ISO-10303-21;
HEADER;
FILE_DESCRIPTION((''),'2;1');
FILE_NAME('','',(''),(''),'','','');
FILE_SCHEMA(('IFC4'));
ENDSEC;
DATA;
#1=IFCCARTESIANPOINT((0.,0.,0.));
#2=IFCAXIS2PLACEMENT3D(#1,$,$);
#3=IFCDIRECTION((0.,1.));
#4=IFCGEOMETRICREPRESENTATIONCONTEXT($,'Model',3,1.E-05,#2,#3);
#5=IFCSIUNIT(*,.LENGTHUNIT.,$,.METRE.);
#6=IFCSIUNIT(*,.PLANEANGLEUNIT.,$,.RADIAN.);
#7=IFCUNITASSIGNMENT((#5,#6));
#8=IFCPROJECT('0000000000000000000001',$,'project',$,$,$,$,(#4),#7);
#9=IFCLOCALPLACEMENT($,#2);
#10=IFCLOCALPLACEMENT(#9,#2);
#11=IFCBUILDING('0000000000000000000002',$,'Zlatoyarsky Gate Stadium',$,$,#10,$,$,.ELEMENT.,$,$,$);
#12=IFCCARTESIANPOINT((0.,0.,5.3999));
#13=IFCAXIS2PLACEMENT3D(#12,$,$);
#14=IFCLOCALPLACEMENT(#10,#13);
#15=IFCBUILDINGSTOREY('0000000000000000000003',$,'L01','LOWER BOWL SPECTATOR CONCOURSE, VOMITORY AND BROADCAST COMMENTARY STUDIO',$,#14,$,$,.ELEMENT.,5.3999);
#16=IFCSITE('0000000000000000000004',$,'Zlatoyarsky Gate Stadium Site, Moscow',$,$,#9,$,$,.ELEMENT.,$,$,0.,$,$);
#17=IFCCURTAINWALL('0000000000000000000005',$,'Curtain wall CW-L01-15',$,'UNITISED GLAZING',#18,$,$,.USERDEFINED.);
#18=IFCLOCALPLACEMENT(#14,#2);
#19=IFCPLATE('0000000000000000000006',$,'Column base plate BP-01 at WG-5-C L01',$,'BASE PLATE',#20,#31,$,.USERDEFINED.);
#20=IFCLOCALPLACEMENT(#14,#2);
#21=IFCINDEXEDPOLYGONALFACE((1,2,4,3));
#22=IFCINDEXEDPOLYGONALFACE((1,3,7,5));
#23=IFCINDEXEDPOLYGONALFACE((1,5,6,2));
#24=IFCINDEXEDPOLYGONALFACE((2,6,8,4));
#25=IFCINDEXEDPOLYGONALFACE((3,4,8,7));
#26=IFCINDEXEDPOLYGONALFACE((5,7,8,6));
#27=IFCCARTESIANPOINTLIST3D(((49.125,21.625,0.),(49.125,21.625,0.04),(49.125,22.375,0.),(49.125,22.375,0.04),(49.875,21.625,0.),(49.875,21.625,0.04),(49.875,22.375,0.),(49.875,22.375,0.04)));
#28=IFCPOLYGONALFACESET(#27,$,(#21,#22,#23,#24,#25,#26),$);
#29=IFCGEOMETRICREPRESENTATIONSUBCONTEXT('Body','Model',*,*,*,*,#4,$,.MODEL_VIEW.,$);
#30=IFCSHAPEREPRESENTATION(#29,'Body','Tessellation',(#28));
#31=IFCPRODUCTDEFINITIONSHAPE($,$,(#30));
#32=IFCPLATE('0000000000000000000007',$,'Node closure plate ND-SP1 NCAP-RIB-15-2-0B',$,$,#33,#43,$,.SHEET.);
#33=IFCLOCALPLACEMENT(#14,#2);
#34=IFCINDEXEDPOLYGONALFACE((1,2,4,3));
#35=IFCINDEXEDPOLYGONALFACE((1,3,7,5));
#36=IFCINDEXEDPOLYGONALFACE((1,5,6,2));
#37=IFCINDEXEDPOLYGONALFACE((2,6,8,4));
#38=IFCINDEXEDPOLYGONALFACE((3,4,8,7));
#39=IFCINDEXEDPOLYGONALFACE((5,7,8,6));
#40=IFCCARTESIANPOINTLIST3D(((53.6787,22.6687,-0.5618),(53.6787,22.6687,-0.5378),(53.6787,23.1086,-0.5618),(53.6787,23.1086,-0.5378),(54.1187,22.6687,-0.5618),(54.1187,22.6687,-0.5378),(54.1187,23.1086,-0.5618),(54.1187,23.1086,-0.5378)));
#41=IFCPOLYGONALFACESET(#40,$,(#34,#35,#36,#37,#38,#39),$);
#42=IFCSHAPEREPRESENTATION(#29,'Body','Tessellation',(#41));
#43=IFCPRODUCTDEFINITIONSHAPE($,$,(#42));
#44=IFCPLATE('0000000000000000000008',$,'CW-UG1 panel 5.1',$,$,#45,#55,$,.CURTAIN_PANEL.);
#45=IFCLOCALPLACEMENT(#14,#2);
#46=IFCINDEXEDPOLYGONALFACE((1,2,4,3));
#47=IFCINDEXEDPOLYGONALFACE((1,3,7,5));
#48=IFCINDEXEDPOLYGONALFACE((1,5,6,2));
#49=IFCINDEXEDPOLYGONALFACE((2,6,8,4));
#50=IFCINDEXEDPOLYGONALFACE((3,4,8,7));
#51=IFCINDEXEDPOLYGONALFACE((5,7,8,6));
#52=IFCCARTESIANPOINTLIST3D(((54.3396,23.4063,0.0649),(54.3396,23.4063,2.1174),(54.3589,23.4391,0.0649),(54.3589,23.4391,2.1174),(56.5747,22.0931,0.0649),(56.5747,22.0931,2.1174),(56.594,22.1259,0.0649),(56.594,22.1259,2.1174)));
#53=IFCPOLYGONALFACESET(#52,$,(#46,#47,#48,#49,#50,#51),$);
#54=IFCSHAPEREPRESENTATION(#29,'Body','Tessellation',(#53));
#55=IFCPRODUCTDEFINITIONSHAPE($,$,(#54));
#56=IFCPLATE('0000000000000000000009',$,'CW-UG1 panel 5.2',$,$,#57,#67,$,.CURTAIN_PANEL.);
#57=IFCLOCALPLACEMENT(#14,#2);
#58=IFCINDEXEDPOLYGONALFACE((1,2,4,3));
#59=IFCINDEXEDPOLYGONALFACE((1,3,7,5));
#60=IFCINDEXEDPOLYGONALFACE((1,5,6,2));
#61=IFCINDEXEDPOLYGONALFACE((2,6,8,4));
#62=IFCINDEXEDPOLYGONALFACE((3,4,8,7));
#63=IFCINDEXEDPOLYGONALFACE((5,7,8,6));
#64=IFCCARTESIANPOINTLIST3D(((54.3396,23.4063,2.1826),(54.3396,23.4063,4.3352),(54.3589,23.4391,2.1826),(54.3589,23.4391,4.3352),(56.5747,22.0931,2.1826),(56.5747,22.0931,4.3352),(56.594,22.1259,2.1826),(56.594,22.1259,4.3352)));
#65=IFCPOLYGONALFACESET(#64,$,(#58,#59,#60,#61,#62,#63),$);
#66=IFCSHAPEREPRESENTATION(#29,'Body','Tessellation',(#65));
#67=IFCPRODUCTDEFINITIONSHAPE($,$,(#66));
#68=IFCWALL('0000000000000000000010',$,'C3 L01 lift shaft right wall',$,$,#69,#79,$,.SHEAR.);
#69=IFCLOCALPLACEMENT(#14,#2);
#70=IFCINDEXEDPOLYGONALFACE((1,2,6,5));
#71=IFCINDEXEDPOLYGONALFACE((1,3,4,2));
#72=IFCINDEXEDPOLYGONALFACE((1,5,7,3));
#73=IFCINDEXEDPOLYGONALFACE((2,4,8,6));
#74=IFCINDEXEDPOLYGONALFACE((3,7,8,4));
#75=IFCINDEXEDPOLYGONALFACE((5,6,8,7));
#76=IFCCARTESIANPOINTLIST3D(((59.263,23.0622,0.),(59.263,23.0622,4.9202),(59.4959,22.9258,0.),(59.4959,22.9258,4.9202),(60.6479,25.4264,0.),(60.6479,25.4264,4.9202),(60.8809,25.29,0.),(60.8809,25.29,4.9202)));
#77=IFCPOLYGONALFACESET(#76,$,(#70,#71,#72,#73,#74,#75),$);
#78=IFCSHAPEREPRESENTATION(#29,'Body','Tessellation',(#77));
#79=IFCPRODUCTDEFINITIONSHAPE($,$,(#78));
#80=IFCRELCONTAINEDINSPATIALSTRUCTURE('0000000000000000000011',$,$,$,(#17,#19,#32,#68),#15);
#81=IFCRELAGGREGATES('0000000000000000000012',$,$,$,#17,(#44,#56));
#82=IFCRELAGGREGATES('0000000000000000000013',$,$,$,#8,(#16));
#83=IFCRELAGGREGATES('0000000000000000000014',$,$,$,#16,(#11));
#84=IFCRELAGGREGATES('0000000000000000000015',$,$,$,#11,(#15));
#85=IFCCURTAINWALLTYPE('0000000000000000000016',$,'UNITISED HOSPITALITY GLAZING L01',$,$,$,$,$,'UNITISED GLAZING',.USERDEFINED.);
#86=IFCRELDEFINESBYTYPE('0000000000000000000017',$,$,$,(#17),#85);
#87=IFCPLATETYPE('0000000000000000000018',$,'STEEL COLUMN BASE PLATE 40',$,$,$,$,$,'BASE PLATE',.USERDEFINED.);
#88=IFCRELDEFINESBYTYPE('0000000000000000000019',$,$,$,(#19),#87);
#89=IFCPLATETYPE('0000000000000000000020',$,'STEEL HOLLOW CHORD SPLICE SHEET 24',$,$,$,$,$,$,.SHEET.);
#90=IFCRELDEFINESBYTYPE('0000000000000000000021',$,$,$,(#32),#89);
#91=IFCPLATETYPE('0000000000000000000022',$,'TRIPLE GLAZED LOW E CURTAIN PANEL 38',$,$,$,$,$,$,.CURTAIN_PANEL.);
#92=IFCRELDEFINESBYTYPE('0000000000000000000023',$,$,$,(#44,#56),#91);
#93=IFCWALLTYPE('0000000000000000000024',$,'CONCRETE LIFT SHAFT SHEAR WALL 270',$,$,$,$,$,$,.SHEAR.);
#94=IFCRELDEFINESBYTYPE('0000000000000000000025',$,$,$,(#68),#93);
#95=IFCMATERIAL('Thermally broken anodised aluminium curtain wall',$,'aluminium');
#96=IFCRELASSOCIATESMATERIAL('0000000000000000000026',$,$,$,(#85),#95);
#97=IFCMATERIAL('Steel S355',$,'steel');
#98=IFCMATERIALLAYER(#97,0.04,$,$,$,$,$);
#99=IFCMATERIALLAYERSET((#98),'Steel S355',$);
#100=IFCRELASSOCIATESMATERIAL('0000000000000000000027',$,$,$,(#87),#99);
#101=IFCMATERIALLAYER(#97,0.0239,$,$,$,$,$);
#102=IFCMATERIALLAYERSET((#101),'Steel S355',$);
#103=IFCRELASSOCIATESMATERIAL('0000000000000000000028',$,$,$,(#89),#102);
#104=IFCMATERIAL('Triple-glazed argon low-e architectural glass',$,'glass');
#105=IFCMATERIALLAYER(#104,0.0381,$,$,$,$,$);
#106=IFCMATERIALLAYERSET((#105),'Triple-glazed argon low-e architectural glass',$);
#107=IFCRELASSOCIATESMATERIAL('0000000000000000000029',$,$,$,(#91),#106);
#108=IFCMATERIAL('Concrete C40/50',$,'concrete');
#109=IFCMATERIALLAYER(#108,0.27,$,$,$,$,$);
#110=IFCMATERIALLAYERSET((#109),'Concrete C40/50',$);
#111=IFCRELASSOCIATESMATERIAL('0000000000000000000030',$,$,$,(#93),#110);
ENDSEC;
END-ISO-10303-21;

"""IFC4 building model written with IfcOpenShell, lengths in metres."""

from ifc_helpers import new_model, si_unit, direction, frame, frame_2d, origin, origin_2d, place, context, subcontext, project, spatial, rectangle, extrude, material, layer, layer_set, type_object, element, aggregate, save


model = new_model("IFC4")

# Units and contexts
model_context = context("Model", 3, precision=1e-05, world=origin(), true_north=direction((0.0, 1.0)))
body_context = subcontext(model_context, "Body", "Model", "MODEL_VIEW")
ifc_project = project(units=[si_unit("LENGTHUNIT", "METRE"), si_unit("PLANEANGLEUNIT", "RADIAN")], contexts=[model_context])

# Site, building, storey
site_placement = place(None, origin())
site = spatial("IfcSite", under=ifc_project, at=site_placement, Name="Zlatoyarsky Gate Stadium Site, Moscow", CompositionType="ELEMENT", RefElevation=0.0)
building_placement = place(site_placement, origin())
building = spatial("IfcBuilding", under=site, at=building_placement, Name="Zlatoyarsky Gate Stadium", CompositionType="ELEMENT")
storey_placement = place(building_placement, frame((0.0, 0.0, 5.3999)))
storey = spatial("IfcBuildingStorey", under=building, at=storey_placement, Name="L01", Description="LOWER BOWL SPECTATOR CONCOURSE, VOMITORY AND BROADCAST COMMENTARY STUDIO", CompositionType="ELEMENT", Elevation=5.3999)

# Shared definitions
ifc_material_1 = material(Name="Steel S355", Category="steel")

# Curtain wall
ifc_material_2 = material(Name="Thermally broken anodised aluminium curtain wall", Category="aluminium")
curtain_wall_type = type_object("IfcCurtainWallType", Name="UNITISED HOSPITALITY GLAZING L01", ElementType="UNITISED GLAZING", PredefinedType="USERDEFINED", material=ifc_material_2)
curtain_wall_placement = place(storey_placement, origin())
curtain_wall = element("IfcCurtainWall", 1, at=curtain_wall_placement, inside=storey, type_object=curtain_wall_type, Name="Curtain wall CW-L01-15", ObjectType="UNITISED GLAZING", PredefinedType="USERDEFINED")

# Plates
ifc_layer_1 = layer(ifc_material_1, 0.04)
ifc_layer_set_1 = layer_set([ifc_layer_1], Name="Steel S355")
plate_type_1 = type_object("IfcPlateType", Name="STEEL COLUMN BASE PLATE 40", ElementType="BASE PLATE", PredefinedType="USERDEFINED", material=ifc_layer_set_1)
plate_1_placement = place(storey_placement, frame((49.5, 22.0, 0.0), z_axis=(0.0, 0.0, 1.0), x_axis=(1.0, 0.0, 0.0)))
element("IfcPlate", 2, at=plate_1_placement, inside=storey, type_object=plate_type_1, Name="Column base plate BP-01 at WG-5-C L01", ObjectType="BASE PLATE", PredefinedType="USERDEFINED", context=body_context, shape_type="SweptSolid", body=[
    extrude(rectangle(XDim=0.75, YDim=0.75, at=origin_2d()), origin(), (0.0, 0.0, 1.0), 0.04),
])
ifc_layer_2 = layer(ifc_material_1, 0.0239)
ifc_layer_set_2 = layer_set([ifc_layer_2], Name="Steel S355")
plate_type_2 = type_object("IfcPlateType", Name="STEEL HOLLOW CHORD SPLICE SHEET 24", PredefinedType="SHEET", material=ifc_layer_set_2)
plate_2_placement = place(storey_placement, frame((53.8987, 22.8887, -0.5618), z_axis=(0.0, 0.0, 1.0), x_axis=(1.0, 0.0, 0.0)))
element("IfcPlate", 3, at=plate_2_placement, inside=storey, type_object=plate_type_2, Name="Node closure plate ND-SP1 NCAP-RIB-15-2-0B", PredefinedType="SHEET", context=body_context, shape_type="SweptSolid", body=[
    extrude(rectangle(XDim=0.4399, YDim=0.4399, at=origin_2d()), origin(), (0.0, 0.0, 1.0), 0.0239),
])

# Plates
ifc_material_3 = material(Name="Triple-glazed argon low-e architectural glass", Category="glass")
ifc_layer_3 = layer(ifc_material_3, 0.0381)
ifc_layer_set_3 = layer_set([ifc_layer_3], Name="Triple-glazed argon low-e architectural glass")
plate_type_3 = type_object("IfcPlateType", Name="TRIPLE GLAZED LOW E CURTAIN PANEL 38", PredefinedType="CURTAIN_PANEL", material=ifc_layer_set_3)
plate_3_placement = place(storey_placement, frame((55.4668, 22.7661, 0.0649), z_axis=(0.0, 0.0, 1.0), x_axis=(0.862187, -0.50659, 0.0)))
plate_3 = element("IfcPlate", 4, at=plate_3_placement, type_object=plate_type_3, Name="CW-UG1 panel 5.1", PredefinedType="CURTAIN_PANEL", context=body_context, shape_type="SweptSolid", body=[
    extrude(rectangle(XDim=2.5923, YDim=0.0381, at=origin_2d()), origin(), (0.0, 0.0, 1.0), 2.0525),
])
plate_4_placement = place(storey_placement, frame((55.4668, 22.7661, 2.1826), z_axis=(0.0, 0.0, 1.0), x_axis=(0.862187, -0.50659, 0.0)))
plate_4 = element("IfcPlate", 5, at=plate_4_placement, type_object=plate_type_3, Name="CW-UG1 panel 5.2", PredefinedType="CURTAIN_PANEL", context=body_context, shape_type="SweptSolid", body=[
    extrude(rectangle(XDim=2.5923, YDim=0.0381, at=origin_2d()), origin(), (0.0, 0.0, 1.0), 2.1526),
])
aggregate(curtain_wall, [plate_3, plate_4])

# Wall
ifc_material_4 = material(Name="Concrete C40/50", Category="concrete")
ifc_layer_4 = layer(ifc_material_4, 0.27)
ifc_layer_set_4 = layer_set([ifc_layer_4], Name="Concrete C40/50")
wall_type = type_object("IfcWallType", Name="CONCRETE LIFT SHAFT SHEAR WALL 270", PredefinedType="SHEAR", material=ifc_layer_set_4)
wall_placement = place(storey_placement, frame((59.3794, 22.9939, 0.0), z_axis=(0.0, 0.0, 1.0), x_axis=(0.505466, 0.862847, 0.0)))
element("IfcWall", 6, at=wall_placement, inside=storey, type_object=wall_type, Name="C3 L01 lift shaft right wall", PredefinedType="SHEAR", context=body_context, shape_type="SweptSolid", body=[
    extrude(rectangle(XDim=2.74, YDim=0.27, at=frame_2d((1.3701, 0.0))), origin(), (0.0, 0.0, 1.0), 4.9202),
])

save(model, "model.ifc")
